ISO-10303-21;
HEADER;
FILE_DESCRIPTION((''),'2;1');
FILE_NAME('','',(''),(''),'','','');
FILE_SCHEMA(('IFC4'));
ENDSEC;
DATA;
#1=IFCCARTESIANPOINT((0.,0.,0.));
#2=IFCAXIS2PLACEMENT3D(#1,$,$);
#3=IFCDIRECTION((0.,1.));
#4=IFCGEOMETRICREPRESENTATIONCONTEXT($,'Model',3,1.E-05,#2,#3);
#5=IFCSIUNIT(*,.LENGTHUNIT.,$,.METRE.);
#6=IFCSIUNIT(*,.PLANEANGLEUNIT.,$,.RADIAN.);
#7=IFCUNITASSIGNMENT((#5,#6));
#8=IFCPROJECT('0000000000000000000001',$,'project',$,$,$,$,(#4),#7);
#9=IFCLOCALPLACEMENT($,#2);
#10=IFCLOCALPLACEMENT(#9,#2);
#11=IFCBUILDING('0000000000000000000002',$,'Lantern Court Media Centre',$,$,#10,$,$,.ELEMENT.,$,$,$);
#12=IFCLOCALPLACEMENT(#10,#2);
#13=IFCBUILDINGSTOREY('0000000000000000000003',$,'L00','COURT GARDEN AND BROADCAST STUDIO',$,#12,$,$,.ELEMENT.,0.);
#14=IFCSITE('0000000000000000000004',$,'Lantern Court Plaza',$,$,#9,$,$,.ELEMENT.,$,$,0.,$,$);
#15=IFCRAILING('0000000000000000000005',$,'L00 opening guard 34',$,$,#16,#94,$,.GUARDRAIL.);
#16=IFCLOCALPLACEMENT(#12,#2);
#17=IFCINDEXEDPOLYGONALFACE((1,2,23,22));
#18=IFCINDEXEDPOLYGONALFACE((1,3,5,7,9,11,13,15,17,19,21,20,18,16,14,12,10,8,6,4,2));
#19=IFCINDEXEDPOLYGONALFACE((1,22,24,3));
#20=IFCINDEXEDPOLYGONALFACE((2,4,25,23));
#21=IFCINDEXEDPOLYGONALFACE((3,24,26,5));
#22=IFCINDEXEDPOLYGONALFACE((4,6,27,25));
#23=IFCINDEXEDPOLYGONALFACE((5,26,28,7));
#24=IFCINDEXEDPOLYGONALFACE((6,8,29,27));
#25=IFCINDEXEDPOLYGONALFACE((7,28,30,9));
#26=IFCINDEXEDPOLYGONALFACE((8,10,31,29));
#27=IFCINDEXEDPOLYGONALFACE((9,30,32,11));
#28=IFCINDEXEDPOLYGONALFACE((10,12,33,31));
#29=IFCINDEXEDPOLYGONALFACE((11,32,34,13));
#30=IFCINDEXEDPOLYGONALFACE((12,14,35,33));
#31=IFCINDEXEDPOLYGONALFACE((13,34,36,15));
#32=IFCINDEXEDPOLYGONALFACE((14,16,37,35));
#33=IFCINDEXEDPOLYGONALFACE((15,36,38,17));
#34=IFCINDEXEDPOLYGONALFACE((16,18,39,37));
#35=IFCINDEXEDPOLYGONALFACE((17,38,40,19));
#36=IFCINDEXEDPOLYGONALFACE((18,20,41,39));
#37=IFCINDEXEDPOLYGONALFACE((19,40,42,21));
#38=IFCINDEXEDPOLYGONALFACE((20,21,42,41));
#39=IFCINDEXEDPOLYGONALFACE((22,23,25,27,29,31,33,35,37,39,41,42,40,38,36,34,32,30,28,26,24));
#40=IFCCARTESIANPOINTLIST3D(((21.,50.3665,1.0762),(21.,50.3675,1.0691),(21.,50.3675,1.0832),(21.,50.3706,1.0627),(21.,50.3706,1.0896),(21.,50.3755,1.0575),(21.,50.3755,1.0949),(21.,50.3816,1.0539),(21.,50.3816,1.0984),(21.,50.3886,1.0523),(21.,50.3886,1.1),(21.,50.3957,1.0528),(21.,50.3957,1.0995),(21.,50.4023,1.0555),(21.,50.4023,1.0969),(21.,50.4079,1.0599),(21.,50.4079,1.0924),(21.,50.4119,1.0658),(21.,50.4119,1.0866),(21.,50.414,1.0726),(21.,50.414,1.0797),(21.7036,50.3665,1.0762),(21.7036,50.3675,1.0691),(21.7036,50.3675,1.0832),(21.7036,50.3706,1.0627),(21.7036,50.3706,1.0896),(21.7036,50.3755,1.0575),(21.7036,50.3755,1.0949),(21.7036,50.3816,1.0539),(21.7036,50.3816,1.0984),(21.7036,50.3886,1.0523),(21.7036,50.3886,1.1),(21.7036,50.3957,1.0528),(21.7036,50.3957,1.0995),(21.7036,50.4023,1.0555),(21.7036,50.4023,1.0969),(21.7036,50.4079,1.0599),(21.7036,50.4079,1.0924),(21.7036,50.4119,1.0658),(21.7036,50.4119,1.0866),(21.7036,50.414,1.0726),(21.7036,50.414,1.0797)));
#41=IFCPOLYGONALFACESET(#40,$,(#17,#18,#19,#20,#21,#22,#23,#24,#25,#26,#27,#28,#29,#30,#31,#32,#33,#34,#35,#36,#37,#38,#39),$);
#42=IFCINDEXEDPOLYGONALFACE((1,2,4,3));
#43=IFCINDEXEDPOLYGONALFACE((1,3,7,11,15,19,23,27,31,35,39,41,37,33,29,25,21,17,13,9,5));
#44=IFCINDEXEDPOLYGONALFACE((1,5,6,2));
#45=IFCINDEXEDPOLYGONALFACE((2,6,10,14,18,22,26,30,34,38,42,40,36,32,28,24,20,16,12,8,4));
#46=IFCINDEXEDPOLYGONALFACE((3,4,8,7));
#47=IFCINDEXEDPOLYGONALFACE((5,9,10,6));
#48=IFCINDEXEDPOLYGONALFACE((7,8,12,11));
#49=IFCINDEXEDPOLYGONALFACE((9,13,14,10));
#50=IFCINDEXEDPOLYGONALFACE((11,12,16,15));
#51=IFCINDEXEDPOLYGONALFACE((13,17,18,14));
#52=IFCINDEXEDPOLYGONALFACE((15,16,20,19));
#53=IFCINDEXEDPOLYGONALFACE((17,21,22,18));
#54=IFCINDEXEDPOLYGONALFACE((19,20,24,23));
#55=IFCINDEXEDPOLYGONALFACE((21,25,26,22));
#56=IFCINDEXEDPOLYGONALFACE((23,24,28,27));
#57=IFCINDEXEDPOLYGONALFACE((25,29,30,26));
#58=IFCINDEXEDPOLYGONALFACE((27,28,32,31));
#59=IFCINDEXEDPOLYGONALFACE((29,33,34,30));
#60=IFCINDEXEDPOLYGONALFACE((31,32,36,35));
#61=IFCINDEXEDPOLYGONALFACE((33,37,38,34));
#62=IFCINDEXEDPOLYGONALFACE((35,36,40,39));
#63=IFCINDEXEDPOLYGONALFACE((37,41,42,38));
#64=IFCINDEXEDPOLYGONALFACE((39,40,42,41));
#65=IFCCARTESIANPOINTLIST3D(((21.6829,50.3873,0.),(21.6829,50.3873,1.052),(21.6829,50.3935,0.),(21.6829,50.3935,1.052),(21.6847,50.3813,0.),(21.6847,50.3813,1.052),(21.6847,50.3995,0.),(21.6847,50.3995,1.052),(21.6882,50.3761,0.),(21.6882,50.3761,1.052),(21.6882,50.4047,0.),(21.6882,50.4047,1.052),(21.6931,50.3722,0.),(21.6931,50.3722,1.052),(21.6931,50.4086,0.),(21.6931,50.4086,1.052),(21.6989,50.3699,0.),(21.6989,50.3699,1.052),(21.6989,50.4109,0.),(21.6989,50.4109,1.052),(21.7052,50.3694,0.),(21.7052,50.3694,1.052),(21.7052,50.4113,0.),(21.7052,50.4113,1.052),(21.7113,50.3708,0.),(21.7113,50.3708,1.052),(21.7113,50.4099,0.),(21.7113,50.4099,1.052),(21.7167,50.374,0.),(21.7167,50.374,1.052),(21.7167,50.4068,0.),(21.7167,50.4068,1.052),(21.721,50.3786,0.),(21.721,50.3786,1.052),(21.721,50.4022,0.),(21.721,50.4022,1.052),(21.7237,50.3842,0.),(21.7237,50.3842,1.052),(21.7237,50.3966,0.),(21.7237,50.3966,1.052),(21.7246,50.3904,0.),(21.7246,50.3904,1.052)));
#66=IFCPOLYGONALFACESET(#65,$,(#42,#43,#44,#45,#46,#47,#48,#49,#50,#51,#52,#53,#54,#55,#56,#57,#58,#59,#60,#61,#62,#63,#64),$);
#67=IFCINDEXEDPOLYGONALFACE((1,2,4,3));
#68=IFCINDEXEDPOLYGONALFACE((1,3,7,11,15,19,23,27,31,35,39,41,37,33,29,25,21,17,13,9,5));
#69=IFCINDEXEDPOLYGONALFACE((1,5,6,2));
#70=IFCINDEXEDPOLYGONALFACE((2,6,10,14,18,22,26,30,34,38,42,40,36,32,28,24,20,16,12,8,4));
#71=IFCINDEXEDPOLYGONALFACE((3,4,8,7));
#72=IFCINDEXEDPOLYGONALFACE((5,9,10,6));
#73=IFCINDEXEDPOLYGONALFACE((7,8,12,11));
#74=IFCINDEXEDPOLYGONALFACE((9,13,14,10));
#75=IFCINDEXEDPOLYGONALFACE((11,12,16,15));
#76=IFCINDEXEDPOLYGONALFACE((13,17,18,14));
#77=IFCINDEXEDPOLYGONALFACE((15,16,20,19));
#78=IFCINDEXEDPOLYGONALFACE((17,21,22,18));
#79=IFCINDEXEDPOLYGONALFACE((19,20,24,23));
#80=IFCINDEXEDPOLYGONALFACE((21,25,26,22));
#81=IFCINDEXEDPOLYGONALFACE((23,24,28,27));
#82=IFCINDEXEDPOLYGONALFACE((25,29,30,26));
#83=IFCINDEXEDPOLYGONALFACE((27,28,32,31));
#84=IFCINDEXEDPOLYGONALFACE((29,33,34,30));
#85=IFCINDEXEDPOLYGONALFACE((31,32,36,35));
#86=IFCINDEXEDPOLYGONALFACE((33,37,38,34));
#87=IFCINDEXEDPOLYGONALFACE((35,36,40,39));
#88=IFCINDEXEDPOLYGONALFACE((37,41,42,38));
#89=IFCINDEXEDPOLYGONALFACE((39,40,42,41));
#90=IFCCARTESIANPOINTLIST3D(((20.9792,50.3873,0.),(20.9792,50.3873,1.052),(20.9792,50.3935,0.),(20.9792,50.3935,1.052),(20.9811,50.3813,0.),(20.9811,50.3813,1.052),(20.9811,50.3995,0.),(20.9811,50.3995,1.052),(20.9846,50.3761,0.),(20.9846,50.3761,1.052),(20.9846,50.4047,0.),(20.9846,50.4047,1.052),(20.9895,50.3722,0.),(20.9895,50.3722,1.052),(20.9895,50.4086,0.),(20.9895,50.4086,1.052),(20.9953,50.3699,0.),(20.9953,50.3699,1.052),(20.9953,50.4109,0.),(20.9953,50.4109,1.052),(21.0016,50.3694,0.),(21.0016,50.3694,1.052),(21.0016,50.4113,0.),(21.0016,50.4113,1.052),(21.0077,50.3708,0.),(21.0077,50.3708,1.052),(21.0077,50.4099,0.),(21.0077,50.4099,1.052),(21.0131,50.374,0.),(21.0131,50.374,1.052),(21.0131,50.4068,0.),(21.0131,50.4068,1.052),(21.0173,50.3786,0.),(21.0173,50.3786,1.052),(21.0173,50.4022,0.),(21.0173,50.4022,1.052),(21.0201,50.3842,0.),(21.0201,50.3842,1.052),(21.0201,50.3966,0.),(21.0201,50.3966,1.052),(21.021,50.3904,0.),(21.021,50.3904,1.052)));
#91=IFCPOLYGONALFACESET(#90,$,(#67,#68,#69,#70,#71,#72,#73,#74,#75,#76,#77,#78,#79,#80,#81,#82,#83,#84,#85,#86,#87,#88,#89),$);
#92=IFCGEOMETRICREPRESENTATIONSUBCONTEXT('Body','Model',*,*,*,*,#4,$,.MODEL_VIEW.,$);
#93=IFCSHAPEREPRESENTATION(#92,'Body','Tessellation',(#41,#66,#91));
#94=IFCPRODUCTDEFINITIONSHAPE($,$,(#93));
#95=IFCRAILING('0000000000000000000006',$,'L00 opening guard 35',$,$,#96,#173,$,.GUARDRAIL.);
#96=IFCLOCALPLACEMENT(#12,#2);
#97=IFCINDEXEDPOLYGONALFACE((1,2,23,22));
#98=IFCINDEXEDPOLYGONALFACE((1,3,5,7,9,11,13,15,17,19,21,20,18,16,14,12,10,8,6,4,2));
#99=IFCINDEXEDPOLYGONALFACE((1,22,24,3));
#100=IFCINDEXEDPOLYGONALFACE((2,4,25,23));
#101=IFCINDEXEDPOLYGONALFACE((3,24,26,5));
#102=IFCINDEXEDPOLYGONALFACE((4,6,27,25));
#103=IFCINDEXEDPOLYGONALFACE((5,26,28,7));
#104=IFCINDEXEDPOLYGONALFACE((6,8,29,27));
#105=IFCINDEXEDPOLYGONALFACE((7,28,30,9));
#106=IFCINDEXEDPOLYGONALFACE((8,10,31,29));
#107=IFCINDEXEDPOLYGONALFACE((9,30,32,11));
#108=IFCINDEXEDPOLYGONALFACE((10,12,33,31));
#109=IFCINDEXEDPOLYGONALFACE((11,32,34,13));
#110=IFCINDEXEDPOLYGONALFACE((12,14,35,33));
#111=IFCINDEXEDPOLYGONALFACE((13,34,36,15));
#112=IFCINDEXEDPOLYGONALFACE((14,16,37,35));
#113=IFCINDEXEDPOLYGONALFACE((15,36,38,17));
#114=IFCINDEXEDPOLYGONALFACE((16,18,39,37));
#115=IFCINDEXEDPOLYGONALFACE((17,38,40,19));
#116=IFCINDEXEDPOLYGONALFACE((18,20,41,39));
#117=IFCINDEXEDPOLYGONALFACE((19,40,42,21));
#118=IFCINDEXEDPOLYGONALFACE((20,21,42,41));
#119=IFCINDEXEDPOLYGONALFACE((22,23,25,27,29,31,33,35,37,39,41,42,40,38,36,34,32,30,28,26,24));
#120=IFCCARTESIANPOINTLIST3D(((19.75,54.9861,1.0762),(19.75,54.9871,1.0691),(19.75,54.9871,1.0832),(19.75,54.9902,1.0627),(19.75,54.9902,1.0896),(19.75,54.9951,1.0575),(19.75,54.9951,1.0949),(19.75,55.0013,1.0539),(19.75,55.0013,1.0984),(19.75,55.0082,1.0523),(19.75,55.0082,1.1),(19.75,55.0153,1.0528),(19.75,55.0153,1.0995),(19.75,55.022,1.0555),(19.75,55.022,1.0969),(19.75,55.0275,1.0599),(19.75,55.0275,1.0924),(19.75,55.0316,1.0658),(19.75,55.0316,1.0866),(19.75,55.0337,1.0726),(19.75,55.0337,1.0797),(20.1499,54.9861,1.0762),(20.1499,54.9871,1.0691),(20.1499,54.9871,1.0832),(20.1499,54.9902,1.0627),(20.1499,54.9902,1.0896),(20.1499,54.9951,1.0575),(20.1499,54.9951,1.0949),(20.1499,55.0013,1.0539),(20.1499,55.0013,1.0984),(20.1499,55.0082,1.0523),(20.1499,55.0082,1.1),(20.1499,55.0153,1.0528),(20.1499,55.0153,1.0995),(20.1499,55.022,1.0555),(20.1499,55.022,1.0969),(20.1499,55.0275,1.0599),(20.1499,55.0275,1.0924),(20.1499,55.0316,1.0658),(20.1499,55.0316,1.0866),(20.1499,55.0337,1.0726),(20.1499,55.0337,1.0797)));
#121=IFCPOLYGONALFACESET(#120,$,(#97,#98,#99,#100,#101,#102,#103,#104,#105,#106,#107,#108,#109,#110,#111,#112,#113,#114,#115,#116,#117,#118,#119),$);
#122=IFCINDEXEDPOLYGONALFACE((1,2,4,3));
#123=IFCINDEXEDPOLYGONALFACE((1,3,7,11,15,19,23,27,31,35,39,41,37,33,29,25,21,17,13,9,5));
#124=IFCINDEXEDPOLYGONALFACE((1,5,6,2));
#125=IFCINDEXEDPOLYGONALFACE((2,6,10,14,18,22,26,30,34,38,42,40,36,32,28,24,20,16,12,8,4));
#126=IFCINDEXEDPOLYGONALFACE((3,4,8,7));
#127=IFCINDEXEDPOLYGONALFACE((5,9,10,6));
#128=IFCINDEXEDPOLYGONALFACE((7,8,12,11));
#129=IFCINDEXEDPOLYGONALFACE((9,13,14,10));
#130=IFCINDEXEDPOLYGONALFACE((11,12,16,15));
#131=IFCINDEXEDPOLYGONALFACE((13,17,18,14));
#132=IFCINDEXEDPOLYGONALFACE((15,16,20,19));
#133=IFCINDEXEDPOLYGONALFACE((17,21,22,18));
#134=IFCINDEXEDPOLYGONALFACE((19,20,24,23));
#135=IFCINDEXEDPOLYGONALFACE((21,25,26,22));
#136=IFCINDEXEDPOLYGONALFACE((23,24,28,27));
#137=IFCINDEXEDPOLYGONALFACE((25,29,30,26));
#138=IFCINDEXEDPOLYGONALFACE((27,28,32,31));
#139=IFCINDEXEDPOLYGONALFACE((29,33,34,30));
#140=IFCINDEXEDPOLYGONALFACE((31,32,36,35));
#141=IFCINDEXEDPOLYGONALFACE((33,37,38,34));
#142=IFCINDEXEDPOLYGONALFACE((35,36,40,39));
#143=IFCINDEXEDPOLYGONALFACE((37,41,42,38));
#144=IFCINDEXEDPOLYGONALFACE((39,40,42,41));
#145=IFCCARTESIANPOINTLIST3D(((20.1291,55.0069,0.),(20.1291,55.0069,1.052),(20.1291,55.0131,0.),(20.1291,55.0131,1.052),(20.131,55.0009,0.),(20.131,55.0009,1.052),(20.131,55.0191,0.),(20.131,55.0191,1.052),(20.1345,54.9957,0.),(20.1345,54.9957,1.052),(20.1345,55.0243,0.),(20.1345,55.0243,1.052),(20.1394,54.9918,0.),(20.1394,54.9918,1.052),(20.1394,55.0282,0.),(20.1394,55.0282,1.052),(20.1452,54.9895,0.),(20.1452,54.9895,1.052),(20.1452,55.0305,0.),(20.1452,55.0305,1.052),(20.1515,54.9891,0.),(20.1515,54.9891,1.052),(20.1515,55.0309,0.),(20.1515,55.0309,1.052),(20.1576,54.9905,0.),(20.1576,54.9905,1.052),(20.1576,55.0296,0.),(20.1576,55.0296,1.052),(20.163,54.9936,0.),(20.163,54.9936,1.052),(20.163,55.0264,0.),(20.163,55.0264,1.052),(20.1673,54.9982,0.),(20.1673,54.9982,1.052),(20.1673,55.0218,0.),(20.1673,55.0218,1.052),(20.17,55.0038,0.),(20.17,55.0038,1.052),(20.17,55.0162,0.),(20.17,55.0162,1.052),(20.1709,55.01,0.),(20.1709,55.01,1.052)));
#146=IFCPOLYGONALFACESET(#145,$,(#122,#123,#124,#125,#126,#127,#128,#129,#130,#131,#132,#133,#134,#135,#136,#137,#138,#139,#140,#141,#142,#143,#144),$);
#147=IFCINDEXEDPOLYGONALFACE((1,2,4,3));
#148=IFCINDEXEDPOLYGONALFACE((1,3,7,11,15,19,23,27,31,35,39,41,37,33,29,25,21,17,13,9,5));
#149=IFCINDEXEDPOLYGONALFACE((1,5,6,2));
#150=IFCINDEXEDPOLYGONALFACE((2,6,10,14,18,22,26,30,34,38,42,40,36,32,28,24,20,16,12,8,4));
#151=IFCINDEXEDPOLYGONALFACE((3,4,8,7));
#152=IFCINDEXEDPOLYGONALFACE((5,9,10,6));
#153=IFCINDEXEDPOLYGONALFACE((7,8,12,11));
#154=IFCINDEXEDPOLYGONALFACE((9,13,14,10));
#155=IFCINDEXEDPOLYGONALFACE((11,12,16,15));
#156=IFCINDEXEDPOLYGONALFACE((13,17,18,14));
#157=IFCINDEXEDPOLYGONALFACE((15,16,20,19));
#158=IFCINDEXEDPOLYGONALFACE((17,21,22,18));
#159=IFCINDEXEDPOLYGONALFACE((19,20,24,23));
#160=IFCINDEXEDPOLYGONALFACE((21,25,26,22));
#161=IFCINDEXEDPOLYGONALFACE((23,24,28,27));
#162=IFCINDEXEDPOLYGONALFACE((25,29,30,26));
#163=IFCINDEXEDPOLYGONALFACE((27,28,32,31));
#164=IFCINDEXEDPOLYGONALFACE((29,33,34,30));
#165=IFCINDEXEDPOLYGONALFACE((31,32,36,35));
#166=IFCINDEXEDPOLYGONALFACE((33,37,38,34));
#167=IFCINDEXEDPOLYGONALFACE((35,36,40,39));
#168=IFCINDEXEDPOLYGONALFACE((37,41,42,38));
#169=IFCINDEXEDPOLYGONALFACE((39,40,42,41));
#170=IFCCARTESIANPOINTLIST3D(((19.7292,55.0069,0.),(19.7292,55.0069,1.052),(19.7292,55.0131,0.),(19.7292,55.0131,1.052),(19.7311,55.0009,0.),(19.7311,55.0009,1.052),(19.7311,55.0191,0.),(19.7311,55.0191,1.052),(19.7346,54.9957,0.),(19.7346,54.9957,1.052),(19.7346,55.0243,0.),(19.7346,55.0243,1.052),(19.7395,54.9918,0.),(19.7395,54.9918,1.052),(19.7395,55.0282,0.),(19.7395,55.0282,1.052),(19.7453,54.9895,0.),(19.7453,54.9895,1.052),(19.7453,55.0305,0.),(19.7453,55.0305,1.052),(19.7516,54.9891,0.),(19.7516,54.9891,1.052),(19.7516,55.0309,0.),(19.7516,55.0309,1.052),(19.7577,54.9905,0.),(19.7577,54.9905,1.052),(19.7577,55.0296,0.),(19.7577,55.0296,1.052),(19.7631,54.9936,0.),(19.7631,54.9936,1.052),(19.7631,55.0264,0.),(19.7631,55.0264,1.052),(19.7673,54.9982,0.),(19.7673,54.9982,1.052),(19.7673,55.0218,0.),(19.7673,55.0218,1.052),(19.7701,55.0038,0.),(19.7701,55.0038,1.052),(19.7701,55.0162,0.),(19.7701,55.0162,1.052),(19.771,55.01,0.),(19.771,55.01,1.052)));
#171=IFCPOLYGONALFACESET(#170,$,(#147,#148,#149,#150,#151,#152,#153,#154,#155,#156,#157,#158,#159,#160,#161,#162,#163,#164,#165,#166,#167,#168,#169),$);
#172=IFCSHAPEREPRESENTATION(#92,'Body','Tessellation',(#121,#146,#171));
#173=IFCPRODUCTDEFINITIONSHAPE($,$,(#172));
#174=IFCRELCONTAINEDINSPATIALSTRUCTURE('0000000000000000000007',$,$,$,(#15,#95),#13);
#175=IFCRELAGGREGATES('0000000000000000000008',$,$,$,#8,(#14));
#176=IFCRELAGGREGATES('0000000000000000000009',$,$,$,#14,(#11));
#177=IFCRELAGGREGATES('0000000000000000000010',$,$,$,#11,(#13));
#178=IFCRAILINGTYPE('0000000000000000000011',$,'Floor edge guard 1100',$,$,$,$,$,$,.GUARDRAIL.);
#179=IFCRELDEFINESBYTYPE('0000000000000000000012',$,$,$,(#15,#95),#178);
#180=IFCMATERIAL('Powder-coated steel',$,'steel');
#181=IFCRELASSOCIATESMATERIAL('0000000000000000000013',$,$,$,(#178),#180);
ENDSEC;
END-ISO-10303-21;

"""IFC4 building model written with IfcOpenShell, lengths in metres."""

from ifc_helpers import new_model, si_unit, direction, frame, origin, origin_2d, place, context, subcontext, project, spatial, circle, extrude, material, type_object, element, save


model = new_model("IFC4")

# Units and contexts
model_context = context("Model", 3, precision=1e-05, world=origin(), true_north=direction((0.0, 1.0)))
body_context = subcontext(model_context, "Body", "Model", "MODEL_VIEW")
ifc_project = project(units=[si_unit("LENGTHUNIT", "METRE"), si_unit("PLANEANGLEUNIT", "RADIAN")], contexts=[model_context])

# Site, building, storey
site_placement = place(None, origin())
site = spatial("IfcSite", under=ifc_project, at=site_placement, Name="Lantern Court Plaza", CompositionType="ELEMENT", RefElevation=0.0)
building_placement = place(site_placement, origin())
building = spatial("IfcBuilding", under=site, at=building_placement, Name="Lantern Court Media Centre", CompositionType="ELEMENT")
storey_placement = place(building_placement, origin())
storey = spatial("IfcBuildingStorey", under=building, at=storey_placement, Name="L00", Description="COURT GARDEN AND BROADCAST STUDIO", CompositionType="ELEMENT", Elevation=0.0)

# Railings
ifc_material_1 = material(Name="Powder-coated steel", Category="steel")
railing_type_1 = type_object("IfcRailingType", Name="Floor edge guard 1100", PredefinedType="GUARDRAIL", material=ifc_material_1)
for number, where, name in (
    (1, (21.7036, 50.3904, 0.0), "L00 opening guard 34"),
):
    element("IfcRailing", number, at=place(storey_placement, frame(where)), inside=storey, type_object=railing_type_1, Name=name, PredefinedType="GUARDRAIL", context=body_context, shape_type="SweptSolid", body=[
        extrude(circle(Radius=0.0239, at=origin_2d()), frame((0.0, 0.0, 1.0762), z_axis=(-1.0, 0.0, 0.0), x_axis=(0.0, -1.0, 0.0)), (0.0, 0.0, 1.0), 0.7036),
        extrude(circle(Radius=0.021, at=origin_2d()), origin(), (0.0, 0.0, 1.0), 1.052),
        extrude(circle(Radius=0.021, at=origin_2d()), frame((-0.7036, 0.0, 0.0)), (0.0, 0.0, 1.0), 1.052),
    ])
railing_1_placement = place(storey_placement, frame((20.1499, 55.01, 0.0)))
element("IfcRailing", 2, at=railing_1_placement, inside=storey, type_object=railing_type_1, Name="L00 opening guard 35", PredefinedType="GUARDRAIL", context=body_context, shape_type="SweptSolid", body=[
    extrude(circle(Radius=0.0239, at=origin_2d()), frame((0.0, 0.0, 1.0762), z_axis=(-1.0, 0.0, 0.0), x_axis=(0.0, -1.0, 0.0)), (0.0, 0.0, 1.0), 0.3999),
    extrude(circle(Radius=0.021, at=origin_2d()), origin(), (0.0, 0.0, 1.0), 1.052),
    extrude(circle(Radius=0.021, at=origin_2d()), frame((-0.3999, 0.0, 0.0)), (0.0, 0.0, 1.0), 1.052),
])

save(model, "model.ifc")
